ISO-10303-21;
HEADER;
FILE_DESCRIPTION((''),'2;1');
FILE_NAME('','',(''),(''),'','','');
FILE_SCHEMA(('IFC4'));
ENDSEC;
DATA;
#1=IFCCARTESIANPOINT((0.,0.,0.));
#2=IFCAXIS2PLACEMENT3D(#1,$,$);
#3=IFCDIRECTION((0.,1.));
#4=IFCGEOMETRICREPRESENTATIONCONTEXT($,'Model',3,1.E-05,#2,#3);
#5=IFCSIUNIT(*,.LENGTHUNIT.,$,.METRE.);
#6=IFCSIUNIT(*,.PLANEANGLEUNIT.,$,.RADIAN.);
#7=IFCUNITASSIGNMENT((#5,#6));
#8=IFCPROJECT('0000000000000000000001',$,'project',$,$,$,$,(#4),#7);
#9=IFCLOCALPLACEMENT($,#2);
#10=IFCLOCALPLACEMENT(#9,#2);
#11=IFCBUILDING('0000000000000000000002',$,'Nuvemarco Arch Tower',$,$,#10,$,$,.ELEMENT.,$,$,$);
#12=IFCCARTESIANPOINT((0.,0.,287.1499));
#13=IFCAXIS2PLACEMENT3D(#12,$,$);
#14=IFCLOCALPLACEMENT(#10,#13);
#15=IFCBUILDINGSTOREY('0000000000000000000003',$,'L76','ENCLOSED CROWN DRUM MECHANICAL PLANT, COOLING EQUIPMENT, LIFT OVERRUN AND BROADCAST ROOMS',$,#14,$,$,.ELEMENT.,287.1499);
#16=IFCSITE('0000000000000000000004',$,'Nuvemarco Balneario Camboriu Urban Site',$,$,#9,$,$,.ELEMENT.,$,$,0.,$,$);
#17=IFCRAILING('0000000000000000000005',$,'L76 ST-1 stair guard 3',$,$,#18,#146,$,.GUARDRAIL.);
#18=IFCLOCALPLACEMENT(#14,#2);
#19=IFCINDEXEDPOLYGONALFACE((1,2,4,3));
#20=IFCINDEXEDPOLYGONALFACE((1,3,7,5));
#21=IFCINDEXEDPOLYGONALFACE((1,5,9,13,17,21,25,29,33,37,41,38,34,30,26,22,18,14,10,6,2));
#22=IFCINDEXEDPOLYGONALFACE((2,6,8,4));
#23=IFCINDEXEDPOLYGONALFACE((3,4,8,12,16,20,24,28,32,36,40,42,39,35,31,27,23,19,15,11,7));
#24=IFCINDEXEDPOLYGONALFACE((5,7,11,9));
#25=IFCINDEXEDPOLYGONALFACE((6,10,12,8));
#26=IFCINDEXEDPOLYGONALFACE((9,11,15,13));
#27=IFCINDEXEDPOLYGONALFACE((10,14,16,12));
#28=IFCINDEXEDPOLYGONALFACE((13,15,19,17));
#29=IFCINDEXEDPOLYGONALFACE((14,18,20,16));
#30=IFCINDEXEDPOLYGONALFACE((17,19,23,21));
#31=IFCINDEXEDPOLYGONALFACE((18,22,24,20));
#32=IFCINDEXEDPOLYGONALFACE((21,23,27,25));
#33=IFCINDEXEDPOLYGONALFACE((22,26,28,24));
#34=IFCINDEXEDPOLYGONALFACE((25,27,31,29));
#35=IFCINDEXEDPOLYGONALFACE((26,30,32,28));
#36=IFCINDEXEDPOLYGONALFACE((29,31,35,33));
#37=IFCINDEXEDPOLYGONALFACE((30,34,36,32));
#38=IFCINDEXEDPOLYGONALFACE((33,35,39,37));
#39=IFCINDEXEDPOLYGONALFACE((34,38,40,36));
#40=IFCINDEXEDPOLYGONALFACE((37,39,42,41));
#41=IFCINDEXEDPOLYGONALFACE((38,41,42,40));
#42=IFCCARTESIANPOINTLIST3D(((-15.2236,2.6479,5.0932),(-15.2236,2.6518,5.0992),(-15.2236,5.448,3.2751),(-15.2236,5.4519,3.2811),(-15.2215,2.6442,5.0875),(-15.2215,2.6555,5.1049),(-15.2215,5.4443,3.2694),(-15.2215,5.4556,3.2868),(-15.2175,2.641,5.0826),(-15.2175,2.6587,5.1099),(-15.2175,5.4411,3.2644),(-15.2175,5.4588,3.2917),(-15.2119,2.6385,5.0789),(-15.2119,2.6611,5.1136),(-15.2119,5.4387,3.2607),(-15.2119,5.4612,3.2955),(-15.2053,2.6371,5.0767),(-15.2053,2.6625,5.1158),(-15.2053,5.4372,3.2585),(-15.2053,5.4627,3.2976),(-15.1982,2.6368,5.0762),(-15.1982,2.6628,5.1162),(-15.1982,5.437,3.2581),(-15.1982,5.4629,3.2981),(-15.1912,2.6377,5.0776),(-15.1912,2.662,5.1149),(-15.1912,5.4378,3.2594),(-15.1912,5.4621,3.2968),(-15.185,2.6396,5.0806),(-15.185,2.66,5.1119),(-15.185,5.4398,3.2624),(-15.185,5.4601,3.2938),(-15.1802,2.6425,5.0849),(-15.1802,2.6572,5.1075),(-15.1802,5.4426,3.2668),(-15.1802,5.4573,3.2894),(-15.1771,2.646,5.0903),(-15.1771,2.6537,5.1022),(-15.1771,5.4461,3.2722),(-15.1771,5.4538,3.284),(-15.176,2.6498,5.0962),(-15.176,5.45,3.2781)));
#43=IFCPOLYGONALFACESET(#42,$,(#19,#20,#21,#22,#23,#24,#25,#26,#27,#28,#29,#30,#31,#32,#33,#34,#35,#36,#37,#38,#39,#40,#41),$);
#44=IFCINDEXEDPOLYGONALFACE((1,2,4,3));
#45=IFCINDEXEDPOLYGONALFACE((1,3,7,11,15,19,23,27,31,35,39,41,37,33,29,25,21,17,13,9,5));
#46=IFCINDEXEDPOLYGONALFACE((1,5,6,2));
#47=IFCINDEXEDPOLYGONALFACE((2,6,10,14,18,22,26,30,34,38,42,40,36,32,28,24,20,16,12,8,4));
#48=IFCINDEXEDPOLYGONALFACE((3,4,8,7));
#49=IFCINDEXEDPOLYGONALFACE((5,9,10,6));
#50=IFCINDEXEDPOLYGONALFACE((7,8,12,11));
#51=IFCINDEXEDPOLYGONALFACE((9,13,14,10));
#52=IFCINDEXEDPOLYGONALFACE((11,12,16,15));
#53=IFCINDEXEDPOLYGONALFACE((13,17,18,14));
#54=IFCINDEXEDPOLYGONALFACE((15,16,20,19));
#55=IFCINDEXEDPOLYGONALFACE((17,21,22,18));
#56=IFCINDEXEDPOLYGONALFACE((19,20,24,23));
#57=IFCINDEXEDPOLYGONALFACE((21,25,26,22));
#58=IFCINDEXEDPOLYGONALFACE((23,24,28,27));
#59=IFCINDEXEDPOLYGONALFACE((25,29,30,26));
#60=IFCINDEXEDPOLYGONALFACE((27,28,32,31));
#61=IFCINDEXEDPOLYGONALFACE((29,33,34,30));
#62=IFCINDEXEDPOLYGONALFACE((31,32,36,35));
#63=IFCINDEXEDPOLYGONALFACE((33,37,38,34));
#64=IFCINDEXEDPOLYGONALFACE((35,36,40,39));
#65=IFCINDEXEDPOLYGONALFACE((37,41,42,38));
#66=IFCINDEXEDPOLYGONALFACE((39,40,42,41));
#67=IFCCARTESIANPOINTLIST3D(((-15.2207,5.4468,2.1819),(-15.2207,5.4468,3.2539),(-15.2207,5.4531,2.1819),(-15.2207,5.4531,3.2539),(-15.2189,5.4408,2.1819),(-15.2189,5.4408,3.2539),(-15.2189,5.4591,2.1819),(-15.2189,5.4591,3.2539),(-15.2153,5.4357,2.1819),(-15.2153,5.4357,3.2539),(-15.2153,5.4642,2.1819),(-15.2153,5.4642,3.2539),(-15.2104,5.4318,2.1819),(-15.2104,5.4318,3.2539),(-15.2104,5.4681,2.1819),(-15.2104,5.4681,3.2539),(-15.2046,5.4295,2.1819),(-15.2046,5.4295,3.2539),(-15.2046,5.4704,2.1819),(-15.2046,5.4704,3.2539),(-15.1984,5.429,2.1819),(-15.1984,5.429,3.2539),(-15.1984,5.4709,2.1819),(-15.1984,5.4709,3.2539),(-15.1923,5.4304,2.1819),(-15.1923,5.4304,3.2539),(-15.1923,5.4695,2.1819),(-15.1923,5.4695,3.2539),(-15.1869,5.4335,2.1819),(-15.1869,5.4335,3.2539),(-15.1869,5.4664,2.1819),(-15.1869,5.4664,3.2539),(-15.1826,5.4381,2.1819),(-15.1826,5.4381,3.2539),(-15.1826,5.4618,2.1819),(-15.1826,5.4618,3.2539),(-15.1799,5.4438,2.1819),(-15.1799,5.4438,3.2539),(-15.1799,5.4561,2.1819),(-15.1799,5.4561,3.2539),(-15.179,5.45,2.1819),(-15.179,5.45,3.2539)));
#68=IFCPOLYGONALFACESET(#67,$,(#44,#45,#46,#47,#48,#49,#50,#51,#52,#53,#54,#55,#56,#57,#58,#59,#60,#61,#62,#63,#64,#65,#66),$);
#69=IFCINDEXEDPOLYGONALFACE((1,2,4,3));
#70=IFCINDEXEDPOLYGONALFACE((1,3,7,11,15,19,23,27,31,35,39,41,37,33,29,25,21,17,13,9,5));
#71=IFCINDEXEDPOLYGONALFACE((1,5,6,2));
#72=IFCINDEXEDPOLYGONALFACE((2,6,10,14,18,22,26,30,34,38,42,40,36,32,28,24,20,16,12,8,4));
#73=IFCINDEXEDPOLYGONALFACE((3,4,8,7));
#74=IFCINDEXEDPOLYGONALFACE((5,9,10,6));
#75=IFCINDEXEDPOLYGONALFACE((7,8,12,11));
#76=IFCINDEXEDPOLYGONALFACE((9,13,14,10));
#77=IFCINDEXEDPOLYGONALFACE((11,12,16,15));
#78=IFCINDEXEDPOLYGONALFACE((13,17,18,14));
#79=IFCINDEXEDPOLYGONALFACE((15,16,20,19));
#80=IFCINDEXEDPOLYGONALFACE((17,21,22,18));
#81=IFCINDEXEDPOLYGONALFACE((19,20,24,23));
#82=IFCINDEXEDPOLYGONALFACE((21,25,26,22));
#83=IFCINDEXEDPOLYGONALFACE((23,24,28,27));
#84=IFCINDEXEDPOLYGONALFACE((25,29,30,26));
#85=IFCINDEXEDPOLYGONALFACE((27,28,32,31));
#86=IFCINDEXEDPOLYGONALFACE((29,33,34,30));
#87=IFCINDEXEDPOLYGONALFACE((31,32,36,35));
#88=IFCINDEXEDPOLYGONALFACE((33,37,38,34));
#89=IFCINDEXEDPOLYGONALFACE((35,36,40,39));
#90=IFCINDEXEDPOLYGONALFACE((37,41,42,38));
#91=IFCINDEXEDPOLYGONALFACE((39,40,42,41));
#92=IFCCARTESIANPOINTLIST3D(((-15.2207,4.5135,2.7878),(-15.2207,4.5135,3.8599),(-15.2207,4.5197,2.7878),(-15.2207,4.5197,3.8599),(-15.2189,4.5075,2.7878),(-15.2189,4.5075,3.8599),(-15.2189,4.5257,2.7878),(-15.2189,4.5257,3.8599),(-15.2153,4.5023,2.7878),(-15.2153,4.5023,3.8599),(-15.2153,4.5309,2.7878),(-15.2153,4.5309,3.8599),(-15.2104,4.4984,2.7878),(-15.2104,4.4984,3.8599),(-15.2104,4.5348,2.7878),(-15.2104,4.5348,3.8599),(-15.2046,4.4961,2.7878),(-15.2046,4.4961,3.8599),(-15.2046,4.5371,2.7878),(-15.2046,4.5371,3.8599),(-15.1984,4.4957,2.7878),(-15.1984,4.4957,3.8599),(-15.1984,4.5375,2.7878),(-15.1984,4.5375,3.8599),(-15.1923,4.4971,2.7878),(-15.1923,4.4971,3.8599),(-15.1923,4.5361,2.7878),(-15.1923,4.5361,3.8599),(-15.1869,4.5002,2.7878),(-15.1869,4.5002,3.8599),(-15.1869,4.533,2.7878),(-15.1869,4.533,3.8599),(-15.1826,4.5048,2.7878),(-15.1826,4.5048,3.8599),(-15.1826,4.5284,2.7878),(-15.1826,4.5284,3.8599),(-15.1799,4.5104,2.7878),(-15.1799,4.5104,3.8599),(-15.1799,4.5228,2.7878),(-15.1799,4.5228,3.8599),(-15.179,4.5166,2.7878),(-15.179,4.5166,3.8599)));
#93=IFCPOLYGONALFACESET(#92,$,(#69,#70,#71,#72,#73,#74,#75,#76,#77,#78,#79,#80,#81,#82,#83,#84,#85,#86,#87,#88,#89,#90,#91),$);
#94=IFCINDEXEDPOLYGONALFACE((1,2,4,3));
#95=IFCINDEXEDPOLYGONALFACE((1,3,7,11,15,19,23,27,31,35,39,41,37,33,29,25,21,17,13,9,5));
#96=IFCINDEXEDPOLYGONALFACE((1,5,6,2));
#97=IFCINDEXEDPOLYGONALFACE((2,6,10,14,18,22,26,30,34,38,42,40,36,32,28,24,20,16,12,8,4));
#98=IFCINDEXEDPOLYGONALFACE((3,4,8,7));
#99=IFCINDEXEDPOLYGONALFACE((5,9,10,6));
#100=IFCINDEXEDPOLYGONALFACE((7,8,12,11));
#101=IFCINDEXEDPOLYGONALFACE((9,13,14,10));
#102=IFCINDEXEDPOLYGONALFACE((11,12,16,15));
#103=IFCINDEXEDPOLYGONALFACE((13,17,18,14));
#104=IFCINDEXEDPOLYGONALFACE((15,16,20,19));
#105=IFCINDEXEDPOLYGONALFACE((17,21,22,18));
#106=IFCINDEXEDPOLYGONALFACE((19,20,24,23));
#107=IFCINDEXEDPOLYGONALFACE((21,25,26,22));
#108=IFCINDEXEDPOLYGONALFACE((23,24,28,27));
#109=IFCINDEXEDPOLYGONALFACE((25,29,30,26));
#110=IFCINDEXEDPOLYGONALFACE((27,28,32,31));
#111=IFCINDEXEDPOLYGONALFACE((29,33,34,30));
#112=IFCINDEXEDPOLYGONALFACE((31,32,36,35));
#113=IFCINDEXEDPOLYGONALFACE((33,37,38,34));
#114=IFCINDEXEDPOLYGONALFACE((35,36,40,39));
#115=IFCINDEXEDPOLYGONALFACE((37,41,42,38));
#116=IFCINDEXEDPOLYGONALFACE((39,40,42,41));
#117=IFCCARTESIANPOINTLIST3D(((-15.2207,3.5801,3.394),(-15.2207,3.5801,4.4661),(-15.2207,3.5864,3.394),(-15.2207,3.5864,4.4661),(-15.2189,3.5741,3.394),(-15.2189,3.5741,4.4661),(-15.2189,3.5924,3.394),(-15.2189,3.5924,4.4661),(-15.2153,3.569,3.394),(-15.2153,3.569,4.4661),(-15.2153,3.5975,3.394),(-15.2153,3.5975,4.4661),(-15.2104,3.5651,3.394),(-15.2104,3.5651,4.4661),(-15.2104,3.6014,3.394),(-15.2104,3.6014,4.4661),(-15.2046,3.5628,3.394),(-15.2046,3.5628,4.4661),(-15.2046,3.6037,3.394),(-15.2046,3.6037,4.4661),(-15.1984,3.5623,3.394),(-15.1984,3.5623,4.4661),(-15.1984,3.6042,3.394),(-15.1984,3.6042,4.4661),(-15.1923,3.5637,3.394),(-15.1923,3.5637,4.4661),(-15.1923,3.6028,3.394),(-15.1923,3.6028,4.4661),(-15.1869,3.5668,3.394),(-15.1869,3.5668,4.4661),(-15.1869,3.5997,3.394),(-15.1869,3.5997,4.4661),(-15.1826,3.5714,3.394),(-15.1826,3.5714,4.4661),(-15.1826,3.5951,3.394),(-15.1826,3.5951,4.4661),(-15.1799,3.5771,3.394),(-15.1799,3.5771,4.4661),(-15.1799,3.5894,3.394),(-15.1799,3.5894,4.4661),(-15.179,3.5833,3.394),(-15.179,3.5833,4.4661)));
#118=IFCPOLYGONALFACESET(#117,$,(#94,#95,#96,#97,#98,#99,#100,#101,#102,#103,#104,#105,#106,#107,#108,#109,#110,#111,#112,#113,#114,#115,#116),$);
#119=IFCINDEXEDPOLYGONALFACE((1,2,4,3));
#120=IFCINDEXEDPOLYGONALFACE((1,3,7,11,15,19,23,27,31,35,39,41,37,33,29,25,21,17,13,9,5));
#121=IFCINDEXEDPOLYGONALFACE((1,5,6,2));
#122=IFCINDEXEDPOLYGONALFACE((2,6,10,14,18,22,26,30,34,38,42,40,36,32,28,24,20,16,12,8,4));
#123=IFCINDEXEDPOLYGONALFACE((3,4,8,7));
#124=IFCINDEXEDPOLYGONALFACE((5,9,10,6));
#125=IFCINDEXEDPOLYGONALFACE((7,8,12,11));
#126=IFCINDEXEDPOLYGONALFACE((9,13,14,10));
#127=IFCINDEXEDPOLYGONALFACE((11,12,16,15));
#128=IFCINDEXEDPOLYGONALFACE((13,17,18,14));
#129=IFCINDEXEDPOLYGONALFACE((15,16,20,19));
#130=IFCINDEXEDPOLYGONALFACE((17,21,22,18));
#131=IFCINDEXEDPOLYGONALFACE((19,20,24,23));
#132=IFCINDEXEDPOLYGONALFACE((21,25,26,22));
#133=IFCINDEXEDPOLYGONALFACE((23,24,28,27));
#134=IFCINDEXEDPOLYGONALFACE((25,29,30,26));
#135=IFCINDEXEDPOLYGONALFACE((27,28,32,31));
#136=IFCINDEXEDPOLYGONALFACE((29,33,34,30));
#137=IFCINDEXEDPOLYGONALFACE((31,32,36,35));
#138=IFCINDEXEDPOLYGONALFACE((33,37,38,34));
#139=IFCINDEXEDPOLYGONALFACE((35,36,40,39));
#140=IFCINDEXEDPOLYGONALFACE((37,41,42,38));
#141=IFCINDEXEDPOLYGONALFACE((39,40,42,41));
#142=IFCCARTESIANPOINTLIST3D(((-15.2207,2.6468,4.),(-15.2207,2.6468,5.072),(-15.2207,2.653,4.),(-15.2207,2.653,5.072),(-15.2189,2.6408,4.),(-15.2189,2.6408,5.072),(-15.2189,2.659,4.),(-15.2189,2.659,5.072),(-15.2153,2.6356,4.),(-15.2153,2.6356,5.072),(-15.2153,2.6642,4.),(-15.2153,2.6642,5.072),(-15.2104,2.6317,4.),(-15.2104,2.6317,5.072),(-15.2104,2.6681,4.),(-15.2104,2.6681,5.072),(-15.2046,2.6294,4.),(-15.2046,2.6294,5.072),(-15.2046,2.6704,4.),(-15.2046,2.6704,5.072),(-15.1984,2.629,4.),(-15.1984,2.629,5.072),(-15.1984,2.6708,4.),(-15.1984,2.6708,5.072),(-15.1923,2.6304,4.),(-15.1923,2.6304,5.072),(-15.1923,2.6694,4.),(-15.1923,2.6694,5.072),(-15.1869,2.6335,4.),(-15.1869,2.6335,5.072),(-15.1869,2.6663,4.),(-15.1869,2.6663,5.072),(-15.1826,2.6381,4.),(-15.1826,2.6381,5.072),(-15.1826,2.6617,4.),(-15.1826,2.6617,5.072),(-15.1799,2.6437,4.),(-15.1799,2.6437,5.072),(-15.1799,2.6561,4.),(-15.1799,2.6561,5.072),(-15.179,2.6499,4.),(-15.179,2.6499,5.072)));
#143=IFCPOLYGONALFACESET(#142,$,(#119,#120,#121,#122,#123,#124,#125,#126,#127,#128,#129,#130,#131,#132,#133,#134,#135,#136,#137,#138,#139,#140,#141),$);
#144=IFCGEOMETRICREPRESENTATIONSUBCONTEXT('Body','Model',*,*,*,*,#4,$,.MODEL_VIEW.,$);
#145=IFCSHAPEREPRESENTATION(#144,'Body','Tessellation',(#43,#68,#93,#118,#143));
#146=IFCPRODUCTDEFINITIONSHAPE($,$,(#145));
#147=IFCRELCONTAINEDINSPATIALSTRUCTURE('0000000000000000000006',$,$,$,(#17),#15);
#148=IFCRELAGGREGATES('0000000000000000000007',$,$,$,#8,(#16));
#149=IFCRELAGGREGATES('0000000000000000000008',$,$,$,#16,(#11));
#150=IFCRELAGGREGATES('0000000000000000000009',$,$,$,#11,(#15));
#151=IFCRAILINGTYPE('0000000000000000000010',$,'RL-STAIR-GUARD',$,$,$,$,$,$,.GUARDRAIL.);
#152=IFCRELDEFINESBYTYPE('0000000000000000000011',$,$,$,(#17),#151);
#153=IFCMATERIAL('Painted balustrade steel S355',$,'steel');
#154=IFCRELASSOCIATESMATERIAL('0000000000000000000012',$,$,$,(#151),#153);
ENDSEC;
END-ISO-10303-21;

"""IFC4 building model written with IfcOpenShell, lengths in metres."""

from ifc_helpers import new_model, si_unit, direction, frame, origin, origin_2d, place, context, subcontext, project, spatial, circle, extrude, material, type_object, element, save


model = new_model("IFC4")

# Units and contexts
model_context = context("Model", 3, precision=1e-05, world=origin(), true_north=direction((0.0, 1.0)))
body_context = subcontext(model_context, "Body", "Model", "MODEL_VIEW")
ifc_project = project(units=[si_unit("LENGTHUNIT", "METRE"), si_unit("PLANEANGLEUNIT", "RADIAN")], contexts=[model_context])

# Site, building, storey
site_placement = place(None, origin())
site = spatial("IfcSite", under=ifc_project, at=site_placement, Name="Nuvemarco Balneario Camboriu Urban Site", CompositionType="ELEMENT", RefElevation=0.0)
building_placement = place(site_placement, origin())
building = spatial("IfcBuilding", under=site, at=building_placement, Name="Nuvemarco Arch Tower", CompositionType="ELEMENT")
storey_placement = place(building_placement, frame((0.0, 0.0, 287.1499)))
storey = spatial("IfcBuildingStorey", under=building, at=storey_placement, Name="L76", Description="ENCLOSED CROWN DRUM MECHANICAL PLANT, COOLING EQUIPMENT, LIFT OVERRUN AND BROADCAST ROOMS", CompositionType="ELEMENT", Elevation=287.1499)

# Railing
ifc_material_1 = material(Name="Painted balustrade steel S355", Category="steel")
railing_type_1 = type_object("IfcRailingType", Name="RL-STAIR-GUARD", PredefinedType="GUARDRAIL", material=ifc_material_1)
railing_1_placement = place(storey_placement, frame((-15.2, 5.45, 2.1819)))
element("IfcRailing", 1, at=railing_1_placement, inside=storey, type_object=railing_type_1, Name="L76 ST-1 stair guard 3", PredefinedType="GUARDRAIL", context=body_context, shape_type="SweptSolid", body=[
    extrude(circle(Radius=0.0239, at=origin_2d()), frame((0.0, 0.0, 1.0962), z_axis=(0.0, -0.838706, 0.544585), x_axis=(1.0, 0.0, 0.0)), (0.0, 0.0, 1.0), 3.3386),
    extrude(circle(Radius=0.021, at=origin_2d()), origin(), (0.0, 0.0, 1.0), 1.072),
    extrude(circle(Radius=0.021, at=origin_2d()), frame((0.0, -0.9333, 0.606)), (0.0, 0.0, 1.0), 1.072),
    extrude(circle(Radius=0.021, at=origin_2d()), frame((0.0, -1.8667, 1.2122)), (0.0, 0.0, 1.0), 1.072),
    extrude(circle(Radius=0.021, at=origin_2d()), frame((0.0, -2.8, 1.8181)), (0.0, 0.0, 1.0), 1.072),
])

save(model, "model.ifc")
